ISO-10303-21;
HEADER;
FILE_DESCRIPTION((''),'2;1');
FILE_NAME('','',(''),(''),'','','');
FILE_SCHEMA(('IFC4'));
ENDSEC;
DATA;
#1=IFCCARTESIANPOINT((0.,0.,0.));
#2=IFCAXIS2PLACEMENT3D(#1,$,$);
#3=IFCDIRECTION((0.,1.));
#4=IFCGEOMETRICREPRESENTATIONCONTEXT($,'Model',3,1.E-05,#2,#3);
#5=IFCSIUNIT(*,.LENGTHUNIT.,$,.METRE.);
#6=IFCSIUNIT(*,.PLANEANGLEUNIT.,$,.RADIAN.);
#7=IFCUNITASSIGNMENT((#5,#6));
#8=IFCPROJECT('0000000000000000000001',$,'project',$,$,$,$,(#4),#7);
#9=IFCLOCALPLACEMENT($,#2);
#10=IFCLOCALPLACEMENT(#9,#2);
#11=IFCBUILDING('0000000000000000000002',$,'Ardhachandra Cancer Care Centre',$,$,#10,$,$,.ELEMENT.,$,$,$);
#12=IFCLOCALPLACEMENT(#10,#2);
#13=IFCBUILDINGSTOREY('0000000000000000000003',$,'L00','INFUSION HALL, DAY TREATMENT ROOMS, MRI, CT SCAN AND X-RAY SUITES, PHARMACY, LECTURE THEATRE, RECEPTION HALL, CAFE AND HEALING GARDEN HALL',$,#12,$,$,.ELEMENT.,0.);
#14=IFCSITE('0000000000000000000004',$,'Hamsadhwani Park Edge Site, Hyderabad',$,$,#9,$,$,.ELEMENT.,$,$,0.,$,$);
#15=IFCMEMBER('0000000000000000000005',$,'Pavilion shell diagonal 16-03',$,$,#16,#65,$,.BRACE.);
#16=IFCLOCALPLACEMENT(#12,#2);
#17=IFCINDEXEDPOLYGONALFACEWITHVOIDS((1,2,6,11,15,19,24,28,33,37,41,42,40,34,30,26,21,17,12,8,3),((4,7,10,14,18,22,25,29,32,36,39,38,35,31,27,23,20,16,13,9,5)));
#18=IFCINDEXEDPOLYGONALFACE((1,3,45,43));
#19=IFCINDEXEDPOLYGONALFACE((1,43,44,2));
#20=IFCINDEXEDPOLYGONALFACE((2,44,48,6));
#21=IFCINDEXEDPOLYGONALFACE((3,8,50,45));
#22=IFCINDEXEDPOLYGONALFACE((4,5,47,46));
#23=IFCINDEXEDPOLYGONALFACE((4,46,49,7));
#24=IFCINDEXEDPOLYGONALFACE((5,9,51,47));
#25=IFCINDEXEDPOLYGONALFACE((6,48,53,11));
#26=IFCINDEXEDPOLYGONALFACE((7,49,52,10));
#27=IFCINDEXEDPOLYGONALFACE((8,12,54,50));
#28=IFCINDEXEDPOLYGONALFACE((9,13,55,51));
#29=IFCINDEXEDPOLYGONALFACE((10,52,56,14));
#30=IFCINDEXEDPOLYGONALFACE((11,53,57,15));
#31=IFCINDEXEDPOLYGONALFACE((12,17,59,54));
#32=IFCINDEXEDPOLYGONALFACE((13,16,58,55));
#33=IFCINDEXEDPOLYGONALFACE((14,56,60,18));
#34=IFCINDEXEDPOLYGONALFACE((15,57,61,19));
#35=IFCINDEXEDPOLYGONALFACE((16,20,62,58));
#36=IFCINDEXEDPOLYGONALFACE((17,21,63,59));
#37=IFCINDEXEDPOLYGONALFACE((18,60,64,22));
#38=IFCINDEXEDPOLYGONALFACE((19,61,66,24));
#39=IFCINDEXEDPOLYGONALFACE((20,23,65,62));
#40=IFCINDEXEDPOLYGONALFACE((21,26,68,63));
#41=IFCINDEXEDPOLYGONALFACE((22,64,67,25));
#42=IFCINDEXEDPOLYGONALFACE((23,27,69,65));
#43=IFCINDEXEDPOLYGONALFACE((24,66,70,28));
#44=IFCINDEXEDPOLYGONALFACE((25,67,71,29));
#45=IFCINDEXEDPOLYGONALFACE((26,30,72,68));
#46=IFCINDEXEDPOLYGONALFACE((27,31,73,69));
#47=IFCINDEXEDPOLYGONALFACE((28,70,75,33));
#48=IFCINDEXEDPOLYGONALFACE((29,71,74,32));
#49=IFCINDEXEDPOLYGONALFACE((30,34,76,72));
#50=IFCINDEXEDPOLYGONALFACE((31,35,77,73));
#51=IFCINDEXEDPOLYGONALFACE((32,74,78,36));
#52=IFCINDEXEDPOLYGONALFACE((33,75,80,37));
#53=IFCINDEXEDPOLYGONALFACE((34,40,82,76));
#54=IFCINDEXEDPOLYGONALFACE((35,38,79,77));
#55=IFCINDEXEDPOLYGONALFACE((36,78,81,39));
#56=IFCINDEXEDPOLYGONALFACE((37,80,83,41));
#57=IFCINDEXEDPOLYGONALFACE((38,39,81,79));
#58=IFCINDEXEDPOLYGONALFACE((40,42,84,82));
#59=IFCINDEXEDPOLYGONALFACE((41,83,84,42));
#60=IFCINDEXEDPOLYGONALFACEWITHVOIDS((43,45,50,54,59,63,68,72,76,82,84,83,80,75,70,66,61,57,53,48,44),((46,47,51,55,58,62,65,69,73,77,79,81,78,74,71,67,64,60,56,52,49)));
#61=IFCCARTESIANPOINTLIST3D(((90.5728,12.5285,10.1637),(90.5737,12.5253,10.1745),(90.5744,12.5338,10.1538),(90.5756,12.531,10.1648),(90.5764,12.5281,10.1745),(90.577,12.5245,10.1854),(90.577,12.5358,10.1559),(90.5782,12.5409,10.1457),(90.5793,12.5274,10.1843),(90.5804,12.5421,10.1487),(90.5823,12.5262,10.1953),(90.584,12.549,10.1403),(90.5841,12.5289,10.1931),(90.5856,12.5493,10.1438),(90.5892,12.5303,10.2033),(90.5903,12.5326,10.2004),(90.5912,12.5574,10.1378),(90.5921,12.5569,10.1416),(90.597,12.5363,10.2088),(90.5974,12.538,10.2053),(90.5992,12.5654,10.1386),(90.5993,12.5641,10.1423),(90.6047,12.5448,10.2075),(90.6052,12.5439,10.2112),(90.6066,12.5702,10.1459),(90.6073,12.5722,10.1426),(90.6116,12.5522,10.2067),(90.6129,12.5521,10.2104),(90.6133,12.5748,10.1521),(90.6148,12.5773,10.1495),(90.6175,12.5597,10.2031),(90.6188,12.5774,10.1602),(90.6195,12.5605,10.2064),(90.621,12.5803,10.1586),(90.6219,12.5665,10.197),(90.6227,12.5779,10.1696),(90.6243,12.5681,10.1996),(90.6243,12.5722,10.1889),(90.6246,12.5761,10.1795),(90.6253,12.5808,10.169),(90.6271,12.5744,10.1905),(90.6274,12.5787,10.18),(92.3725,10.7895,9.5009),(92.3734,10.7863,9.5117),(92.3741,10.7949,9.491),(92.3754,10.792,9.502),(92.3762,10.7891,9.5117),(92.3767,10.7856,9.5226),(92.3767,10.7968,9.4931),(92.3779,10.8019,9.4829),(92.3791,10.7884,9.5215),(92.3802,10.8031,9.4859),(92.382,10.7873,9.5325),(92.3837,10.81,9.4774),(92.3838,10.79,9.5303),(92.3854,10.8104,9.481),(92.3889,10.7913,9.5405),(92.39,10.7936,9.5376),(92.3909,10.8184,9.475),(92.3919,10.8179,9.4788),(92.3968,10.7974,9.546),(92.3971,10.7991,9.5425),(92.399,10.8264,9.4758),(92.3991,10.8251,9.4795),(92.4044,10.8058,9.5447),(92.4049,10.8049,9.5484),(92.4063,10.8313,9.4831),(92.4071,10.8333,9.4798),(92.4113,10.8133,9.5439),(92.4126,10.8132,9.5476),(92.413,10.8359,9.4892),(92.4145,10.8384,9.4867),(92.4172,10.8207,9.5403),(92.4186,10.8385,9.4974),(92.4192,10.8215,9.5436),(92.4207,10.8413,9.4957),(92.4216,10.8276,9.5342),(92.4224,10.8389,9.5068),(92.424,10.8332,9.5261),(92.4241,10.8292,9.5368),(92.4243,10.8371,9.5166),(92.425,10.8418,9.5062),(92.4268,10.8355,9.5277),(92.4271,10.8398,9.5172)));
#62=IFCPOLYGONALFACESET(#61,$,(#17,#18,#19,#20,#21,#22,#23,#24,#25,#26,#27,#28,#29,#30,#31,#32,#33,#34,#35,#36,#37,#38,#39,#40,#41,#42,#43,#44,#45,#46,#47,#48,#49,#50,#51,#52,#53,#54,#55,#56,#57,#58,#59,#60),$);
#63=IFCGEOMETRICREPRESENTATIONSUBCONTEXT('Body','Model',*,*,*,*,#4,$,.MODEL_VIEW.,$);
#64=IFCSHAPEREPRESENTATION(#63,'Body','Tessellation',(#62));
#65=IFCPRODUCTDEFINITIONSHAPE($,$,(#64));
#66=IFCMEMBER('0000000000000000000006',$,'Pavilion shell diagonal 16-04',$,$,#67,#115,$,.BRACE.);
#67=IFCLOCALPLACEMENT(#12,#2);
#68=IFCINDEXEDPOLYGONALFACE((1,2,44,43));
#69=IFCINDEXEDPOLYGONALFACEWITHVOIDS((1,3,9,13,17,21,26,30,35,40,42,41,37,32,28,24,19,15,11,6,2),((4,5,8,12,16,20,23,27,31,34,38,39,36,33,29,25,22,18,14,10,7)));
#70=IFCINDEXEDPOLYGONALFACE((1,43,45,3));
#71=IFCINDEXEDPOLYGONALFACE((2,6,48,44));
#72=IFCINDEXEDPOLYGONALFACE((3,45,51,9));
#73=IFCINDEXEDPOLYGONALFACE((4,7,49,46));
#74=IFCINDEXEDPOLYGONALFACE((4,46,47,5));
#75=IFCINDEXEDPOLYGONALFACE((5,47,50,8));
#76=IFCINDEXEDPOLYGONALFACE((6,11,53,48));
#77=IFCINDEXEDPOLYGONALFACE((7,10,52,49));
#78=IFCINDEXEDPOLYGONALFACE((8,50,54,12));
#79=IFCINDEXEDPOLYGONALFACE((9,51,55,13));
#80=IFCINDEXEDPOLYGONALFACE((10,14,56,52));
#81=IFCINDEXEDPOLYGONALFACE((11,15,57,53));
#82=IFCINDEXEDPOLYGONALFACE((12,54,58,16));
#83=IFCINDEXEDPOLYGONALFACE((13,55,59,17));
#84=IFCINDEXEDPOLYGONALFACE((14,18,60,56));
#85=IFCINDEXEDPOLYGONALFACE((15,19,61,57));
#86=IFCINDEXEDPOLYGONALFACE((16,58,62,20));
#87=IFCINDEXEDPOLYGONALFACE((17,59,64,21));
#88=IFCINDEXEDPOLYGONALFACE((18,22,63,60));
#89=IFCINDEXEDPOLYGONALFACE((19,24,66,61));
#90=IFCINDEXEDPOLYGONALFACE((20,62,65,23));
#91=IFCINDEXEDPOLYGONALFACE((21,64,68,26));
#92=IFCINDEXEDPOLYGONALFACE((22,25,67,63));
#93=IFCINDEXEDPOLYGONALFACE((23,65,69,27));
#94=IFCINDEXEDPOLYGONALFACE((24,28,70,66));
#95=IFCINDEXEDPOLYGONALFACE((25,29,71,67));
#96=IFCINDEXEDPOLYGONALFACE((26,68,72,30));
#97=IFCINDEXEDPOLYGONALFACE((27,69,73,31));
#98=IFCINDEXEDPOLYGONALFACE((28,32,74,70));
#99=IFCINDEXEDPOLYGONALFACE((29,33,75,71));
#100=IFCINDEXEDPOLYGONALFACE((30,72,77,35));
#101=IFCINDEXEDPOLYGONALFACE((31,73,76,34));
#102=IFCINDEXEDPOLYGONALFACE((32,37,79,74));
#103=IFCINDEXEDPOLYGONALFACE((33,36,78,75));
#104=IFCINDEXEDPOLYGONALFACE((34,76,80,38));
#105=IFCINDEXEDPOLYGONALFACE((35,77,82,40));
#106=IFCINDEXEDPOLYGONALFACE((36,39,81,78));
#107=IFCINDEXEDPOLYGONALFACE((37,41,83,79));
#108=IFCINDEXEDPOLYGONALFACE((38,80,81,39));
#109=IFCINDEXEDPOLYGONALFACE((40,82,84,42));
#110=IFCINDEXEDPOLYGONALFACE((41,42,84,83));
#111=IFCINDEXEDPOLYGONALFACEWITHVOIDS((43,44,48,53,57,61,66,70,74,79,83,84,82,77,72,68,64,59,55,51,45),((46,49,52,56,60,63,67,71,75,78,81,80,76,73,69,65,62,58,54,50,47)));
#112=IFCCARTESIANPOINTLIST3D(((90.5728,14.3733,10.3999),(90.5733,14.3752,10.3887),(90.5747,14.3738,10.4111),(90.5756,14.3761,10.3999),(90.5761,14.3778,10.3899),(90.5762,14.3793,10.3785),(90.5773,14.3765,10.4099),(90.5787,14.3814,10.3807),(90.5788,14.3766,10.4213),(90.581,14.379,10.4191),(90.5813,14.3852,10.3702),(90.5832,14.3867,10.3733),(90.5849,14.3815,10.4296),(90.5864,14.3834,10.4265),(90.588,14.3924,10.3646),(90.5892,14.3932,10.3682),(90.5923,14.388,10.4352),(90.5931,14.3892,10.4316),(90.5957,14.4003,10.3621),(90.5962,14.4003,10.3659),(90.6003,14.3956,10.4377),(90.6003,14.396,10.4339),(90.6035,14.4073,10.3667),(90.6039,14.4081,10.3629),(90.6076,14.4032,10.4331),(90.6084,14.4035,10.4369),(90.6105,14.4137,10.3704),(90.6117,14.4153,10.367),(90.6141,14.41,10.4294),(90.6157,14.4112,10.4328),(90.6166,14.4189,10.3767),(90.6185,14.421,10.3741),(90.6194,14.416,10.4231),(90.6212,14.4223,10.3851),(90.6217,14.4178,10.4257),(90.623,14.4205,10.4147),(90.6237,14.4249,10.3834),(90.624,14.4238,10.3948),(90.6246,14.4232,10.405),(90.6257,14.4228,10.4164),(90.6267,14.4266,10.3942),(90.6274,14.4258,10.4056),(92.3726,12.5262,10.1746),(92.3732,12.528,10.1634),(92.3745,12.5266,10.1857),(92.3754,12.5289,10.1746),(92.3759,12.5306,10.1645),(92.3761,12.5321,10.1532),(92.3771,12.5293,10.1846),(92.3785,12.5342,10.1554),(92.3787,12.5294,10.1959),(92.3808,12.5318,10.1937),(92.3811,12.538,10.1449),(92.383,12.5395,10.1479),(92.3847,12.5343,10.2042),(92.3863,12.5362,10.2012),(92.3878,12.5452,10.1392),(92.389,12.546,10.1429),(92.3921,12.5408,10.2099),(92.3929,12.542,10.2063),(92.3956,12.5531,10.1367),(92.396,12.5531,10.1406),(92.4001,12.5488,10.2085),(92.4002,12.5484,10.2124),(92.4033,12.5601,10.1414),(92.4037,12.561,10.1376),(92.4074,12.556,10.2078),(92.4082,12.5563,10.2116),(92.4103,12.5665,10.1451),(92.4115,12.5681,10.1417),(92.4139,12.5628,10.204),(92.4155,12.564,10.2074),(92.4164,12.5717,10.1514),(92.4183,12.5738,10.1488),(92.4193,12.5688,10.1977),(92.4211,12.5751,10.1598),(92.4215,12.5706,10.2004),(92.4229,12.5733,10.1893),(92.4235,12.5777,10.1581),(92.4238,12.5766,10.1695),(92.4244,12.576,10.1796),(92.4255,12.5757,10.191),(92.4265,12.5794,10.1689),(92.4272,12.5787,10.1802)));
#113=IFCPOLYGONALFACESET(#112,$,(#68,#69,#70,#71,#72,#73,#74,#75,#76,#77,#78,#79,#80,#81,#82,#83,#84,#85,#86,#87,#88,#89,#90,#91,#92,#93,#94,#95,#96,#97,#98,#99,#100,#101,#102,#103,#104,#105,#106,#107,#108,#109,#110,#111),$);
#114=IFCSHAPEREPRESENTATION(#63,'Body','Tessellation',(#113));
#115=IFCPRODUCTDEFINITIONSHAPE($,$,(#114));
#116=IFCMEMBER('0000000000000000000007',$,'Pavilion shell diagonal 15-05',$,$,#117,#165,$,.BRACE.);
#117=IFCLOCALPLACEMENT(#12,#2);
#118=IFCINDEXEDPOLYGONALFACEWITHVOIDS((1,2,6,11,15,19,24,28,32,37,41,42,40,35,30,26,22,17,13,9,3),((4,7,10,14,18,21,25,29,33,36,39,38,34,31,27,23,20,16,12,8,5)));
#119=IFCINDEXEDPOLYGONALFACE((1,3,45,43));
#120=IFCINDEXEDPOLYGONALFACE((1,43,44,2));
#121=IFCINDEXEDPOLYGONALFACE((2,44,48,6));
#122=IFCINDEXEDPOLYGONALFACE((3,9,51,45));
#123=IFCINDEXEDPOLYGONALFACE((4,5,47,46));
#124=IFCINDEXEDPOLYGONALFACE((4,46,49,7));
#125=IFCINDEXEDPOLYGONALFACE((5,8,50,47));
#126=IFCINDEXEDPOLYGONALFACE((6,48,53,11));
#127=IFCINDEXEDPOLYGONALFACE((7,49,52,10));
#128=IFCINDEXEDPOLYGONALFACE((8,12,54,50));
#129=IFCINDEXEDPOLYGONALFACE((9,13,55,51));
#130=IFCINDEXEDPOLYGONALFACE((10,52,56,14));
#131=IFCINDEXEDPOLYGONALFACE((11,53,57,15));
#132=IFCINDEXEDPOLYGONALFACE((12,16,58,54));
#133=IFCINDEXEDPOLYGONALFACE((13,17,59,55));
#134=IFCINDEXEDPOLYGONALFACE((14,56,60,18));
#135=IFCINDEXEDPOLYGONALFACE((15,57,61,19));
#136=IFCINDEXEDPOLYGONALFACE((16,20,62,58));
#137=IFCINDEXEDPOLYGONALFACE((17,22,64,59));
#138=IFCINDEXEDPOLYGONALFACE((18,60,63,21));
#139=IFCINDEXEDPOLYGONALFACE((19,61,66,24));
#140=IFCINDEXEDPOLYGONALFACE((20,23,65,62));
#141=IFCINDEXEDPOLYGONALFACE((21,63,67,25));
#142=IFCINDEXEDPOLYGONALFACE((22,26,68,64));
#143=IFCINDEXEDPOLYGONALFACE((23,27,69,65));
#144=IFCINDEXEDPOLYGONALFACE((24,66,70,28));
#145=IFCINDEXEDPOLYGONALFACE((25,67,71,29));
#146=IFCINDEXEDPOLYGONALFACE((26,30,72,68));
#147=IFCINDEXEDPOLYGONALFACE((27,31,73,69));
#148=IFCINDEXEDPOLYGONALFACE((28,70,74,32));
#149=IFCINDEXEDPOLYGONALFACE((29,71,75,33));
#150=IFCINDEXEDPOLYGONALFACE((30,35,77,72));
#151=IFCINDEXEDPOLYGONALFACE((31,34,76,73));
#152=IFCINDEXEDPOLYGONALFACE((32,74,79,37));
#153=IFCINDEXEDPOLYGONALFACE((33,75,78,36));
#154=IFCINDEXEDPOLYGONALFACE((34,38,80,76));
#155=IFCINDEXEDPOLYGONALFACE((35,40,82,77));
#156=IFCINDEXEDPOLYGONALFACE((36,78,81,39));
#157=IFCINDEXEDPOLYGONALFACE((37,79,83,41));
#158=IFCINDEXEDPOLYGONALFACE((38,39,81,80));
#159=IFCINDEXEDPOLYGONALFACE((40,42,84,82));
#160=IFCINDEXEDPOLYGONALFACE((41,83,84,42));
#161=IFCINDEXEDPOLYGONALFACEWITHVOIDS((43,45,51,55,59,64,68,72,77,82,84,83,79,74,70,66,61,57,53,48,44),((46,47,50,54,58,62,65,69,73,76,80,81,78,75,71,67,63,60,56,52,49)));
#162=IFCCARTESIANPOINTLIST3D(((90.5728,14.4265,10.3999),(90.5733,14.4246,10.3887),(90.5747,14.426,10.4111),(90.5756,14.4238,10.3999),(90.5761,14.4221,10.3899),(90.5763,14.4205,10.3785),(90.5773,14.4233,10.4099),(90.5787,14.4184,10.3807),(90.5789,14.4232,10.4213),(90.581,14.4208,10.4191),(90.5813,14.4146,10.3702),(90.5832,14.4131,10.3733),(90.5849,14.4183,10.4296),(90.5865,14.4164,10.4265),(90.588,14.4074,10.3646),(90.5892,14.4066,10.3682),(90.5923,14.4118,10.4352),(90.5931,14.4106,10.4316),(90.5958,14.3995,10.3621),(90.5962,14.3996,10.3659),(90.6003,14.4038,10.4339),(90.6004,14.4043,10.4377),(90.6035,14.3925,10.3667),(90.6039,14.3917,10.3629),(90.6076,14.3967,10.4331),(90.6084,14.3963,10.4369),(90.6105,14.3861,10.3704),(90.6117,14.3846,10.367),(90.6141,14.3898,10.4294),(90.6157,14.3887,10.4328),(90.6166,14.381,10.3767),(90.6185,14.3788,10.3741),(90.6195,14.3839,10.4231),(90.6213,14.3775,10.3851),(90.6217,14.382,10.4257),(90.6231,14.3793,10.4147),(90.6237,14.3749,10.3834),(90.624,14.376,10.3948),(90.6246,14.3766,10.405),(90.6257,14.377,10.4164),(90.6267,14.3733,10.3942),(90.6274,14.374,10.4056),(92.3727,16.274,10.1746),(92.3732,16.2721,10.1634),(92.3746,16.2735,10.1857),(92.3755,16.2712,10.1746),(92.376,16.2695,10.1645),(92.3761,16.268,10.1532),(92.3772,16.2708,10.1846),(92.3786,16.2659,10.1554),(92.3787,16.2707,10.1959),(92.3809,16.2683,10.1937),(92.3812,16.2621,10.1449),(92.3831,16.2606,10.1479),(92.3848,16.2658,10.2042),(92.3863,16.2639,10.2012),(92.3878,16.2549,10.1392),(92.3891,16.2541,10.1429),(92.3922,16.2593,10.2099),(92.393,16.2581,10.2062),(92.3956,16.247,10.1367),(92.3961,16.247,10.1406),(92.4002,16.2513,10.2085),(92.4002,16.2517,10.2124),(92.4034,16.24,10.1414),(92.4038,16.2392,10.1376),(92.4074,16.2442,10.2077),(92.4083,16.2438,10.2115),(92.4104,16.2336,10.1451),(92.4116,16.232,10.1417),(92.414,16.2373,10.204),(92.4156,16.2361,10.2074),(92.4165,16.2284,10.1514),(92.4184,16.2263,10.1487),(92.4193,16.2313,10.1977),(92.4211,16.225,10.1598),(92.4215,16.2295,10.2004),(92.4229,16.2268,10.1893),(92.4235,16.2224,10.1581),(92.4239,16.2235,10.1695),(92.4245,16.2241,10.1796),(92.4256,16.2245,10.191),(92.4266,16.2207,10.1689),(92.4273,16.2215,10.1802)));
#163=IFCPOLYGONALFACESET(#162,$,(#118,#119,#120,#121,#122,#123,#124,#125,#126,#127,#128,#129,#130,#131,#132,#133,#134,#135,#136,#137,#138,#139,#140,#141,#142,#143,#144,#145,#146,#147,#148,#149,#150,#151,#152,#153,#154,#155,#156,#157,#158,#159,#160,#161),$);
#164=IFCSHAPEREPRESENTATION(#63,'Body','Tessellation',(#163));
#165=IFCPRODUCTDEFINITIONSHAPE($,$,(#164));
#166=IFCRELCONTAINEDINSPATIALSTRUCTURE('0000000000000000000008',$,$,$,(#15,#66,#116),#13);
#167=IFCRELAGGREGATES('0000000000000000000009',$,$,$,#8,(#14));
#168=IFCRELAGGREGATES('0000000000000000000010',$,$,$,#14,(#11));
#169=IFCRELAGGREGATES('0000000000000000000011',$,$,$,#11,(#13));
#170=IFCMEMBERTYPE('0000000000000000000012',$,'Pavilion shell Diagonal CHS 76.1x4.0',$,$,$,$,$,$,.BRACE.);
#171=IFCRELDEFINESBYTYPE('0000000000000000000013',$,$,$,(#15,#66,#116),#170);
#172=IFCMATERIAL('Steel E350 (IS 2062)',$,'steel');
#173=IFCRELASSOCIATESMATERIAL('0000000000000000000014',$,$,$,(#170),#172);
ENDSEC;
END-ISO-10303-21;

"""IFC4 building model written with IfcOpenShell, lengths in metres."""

from ifc_helpers import new_model, si_unit, direction, frame, origin, origin_2d, place, context, subcontext, project, spatial, hollow_circle, extrude, material, material_profile, profile_set, type_object, element, save


model = new_model("IFC4")

# Units and contexts
model_context = context("Model", 3, precision=1e-05, world=origin(), true_north=direction((0.0, 1.0)))
body_context = subcontext(model_context, "Body", "Model", "MODEL_VIEW")
ifc_project = project(units=[si_unit("LENGTHUNIT", "METRE"), si_unit("PLANEANGLEUNIT", "RADIAN")], contexts=[model_context])

# Site, building, storey
site_placement = place(None, origin())
site = spatial("IfcSite", under=ifc_project, at=site_placement, Name="Hamsadhwani Park Edge Site, Hyderabad", CompositionType="ELEMENT", RefElevation=0.0)
building_placement = place(site_placement, origin())
building = spatial("IfcBuilding", under=site, at=building_placement, Name="Ardhachandra Cancer Care Centre", CompositionType="ELEMENT")
storey_placement = place(building_placement, origin())
storey = spatial("IfcBuildingStorey", under=building, at=storey_placement, Name="L00", Description="INFUSION HALL, DAY TREATMENT ROOMS, MRI, CT SCAN AND X-RAY SUITES, PHARMACY, LECTURE THEATRE, RECEPTION HALL, CAFE AND HEALING GARDEN HALL", CompositionType="ELEMENT", Elevation=0.0)

# Members
ifc_material_1 = material(Name="Steel E350 (IS 2062)", Category="steel")
ifc_material_profile_1 = material_profile(ifc_material_1, hollow_circle(Radius=0.0381, WallThickness=0.0039, at=origin_2d()), Name="CHS 76.1x4.0")
ifc_profile_set_1 = profile_set([ifc_material_profile_1], Name="Steel E350 (IS 2062)")
member_type_1 = type_object("IfcMemberType", Name="Pavilion shell Diagonal CHS 76.1x4.0", PredefinedType="BRACE", material=ifc_profile_set_1)
for number, where, z_axis, x_axis, name in (
    (1, (92.3999, 10.8137, 9.5117), (-0.695179, 0.671698, 0.256024), (-0.694857, -0.719148, 0.0), "Pavilion shell diagonal 16-03"),
    (2, (92.3999, 12.5527, 10.1746), (-0.695216, 0.713511, 0.087043), (-0.71623, -0.697865, 0.0), "Pavilion shell diagonal 16-04"),
):
    element("IfcMember", number, at=place(storey_placement, frame(where, z_axis=z_axis, x_axis=x_axis)), inside=storey, type_object=member_type_1, Name=name, PredefinedType="BRACE", context=body_context, shape_type="SweptSolid", body=[
        extrude(hollow_circle(Radius=0.0381, WallThickness=0.0039, at=origin_2d()), origin(), (0.0, 0.0, 1.0), 2.5889),
    ])
member_1_placement = place(storey_placement, frame((90.6001, 14.3999, 10.3999), z_axis=(0.695169, 0.713557, -0.087038), x_axis=(-0.716276, 0.697817, 0.0)))
element("IfcMember", 3, at=member_1_placement, inside=storey, type_object=member_type_1, Name="Pavilion shell diagonal 15-05", PredefinedType="BRACE", context=body_context, shape_type="SweptSolid", body=[
    extrude(hollow_circle(Radius=0.0381, WallThickness=0.0039, at=origin_2d()), origin(), (0.0, 0.0, 1.0), 2.5891),
])

save(model, "model.ifc")
